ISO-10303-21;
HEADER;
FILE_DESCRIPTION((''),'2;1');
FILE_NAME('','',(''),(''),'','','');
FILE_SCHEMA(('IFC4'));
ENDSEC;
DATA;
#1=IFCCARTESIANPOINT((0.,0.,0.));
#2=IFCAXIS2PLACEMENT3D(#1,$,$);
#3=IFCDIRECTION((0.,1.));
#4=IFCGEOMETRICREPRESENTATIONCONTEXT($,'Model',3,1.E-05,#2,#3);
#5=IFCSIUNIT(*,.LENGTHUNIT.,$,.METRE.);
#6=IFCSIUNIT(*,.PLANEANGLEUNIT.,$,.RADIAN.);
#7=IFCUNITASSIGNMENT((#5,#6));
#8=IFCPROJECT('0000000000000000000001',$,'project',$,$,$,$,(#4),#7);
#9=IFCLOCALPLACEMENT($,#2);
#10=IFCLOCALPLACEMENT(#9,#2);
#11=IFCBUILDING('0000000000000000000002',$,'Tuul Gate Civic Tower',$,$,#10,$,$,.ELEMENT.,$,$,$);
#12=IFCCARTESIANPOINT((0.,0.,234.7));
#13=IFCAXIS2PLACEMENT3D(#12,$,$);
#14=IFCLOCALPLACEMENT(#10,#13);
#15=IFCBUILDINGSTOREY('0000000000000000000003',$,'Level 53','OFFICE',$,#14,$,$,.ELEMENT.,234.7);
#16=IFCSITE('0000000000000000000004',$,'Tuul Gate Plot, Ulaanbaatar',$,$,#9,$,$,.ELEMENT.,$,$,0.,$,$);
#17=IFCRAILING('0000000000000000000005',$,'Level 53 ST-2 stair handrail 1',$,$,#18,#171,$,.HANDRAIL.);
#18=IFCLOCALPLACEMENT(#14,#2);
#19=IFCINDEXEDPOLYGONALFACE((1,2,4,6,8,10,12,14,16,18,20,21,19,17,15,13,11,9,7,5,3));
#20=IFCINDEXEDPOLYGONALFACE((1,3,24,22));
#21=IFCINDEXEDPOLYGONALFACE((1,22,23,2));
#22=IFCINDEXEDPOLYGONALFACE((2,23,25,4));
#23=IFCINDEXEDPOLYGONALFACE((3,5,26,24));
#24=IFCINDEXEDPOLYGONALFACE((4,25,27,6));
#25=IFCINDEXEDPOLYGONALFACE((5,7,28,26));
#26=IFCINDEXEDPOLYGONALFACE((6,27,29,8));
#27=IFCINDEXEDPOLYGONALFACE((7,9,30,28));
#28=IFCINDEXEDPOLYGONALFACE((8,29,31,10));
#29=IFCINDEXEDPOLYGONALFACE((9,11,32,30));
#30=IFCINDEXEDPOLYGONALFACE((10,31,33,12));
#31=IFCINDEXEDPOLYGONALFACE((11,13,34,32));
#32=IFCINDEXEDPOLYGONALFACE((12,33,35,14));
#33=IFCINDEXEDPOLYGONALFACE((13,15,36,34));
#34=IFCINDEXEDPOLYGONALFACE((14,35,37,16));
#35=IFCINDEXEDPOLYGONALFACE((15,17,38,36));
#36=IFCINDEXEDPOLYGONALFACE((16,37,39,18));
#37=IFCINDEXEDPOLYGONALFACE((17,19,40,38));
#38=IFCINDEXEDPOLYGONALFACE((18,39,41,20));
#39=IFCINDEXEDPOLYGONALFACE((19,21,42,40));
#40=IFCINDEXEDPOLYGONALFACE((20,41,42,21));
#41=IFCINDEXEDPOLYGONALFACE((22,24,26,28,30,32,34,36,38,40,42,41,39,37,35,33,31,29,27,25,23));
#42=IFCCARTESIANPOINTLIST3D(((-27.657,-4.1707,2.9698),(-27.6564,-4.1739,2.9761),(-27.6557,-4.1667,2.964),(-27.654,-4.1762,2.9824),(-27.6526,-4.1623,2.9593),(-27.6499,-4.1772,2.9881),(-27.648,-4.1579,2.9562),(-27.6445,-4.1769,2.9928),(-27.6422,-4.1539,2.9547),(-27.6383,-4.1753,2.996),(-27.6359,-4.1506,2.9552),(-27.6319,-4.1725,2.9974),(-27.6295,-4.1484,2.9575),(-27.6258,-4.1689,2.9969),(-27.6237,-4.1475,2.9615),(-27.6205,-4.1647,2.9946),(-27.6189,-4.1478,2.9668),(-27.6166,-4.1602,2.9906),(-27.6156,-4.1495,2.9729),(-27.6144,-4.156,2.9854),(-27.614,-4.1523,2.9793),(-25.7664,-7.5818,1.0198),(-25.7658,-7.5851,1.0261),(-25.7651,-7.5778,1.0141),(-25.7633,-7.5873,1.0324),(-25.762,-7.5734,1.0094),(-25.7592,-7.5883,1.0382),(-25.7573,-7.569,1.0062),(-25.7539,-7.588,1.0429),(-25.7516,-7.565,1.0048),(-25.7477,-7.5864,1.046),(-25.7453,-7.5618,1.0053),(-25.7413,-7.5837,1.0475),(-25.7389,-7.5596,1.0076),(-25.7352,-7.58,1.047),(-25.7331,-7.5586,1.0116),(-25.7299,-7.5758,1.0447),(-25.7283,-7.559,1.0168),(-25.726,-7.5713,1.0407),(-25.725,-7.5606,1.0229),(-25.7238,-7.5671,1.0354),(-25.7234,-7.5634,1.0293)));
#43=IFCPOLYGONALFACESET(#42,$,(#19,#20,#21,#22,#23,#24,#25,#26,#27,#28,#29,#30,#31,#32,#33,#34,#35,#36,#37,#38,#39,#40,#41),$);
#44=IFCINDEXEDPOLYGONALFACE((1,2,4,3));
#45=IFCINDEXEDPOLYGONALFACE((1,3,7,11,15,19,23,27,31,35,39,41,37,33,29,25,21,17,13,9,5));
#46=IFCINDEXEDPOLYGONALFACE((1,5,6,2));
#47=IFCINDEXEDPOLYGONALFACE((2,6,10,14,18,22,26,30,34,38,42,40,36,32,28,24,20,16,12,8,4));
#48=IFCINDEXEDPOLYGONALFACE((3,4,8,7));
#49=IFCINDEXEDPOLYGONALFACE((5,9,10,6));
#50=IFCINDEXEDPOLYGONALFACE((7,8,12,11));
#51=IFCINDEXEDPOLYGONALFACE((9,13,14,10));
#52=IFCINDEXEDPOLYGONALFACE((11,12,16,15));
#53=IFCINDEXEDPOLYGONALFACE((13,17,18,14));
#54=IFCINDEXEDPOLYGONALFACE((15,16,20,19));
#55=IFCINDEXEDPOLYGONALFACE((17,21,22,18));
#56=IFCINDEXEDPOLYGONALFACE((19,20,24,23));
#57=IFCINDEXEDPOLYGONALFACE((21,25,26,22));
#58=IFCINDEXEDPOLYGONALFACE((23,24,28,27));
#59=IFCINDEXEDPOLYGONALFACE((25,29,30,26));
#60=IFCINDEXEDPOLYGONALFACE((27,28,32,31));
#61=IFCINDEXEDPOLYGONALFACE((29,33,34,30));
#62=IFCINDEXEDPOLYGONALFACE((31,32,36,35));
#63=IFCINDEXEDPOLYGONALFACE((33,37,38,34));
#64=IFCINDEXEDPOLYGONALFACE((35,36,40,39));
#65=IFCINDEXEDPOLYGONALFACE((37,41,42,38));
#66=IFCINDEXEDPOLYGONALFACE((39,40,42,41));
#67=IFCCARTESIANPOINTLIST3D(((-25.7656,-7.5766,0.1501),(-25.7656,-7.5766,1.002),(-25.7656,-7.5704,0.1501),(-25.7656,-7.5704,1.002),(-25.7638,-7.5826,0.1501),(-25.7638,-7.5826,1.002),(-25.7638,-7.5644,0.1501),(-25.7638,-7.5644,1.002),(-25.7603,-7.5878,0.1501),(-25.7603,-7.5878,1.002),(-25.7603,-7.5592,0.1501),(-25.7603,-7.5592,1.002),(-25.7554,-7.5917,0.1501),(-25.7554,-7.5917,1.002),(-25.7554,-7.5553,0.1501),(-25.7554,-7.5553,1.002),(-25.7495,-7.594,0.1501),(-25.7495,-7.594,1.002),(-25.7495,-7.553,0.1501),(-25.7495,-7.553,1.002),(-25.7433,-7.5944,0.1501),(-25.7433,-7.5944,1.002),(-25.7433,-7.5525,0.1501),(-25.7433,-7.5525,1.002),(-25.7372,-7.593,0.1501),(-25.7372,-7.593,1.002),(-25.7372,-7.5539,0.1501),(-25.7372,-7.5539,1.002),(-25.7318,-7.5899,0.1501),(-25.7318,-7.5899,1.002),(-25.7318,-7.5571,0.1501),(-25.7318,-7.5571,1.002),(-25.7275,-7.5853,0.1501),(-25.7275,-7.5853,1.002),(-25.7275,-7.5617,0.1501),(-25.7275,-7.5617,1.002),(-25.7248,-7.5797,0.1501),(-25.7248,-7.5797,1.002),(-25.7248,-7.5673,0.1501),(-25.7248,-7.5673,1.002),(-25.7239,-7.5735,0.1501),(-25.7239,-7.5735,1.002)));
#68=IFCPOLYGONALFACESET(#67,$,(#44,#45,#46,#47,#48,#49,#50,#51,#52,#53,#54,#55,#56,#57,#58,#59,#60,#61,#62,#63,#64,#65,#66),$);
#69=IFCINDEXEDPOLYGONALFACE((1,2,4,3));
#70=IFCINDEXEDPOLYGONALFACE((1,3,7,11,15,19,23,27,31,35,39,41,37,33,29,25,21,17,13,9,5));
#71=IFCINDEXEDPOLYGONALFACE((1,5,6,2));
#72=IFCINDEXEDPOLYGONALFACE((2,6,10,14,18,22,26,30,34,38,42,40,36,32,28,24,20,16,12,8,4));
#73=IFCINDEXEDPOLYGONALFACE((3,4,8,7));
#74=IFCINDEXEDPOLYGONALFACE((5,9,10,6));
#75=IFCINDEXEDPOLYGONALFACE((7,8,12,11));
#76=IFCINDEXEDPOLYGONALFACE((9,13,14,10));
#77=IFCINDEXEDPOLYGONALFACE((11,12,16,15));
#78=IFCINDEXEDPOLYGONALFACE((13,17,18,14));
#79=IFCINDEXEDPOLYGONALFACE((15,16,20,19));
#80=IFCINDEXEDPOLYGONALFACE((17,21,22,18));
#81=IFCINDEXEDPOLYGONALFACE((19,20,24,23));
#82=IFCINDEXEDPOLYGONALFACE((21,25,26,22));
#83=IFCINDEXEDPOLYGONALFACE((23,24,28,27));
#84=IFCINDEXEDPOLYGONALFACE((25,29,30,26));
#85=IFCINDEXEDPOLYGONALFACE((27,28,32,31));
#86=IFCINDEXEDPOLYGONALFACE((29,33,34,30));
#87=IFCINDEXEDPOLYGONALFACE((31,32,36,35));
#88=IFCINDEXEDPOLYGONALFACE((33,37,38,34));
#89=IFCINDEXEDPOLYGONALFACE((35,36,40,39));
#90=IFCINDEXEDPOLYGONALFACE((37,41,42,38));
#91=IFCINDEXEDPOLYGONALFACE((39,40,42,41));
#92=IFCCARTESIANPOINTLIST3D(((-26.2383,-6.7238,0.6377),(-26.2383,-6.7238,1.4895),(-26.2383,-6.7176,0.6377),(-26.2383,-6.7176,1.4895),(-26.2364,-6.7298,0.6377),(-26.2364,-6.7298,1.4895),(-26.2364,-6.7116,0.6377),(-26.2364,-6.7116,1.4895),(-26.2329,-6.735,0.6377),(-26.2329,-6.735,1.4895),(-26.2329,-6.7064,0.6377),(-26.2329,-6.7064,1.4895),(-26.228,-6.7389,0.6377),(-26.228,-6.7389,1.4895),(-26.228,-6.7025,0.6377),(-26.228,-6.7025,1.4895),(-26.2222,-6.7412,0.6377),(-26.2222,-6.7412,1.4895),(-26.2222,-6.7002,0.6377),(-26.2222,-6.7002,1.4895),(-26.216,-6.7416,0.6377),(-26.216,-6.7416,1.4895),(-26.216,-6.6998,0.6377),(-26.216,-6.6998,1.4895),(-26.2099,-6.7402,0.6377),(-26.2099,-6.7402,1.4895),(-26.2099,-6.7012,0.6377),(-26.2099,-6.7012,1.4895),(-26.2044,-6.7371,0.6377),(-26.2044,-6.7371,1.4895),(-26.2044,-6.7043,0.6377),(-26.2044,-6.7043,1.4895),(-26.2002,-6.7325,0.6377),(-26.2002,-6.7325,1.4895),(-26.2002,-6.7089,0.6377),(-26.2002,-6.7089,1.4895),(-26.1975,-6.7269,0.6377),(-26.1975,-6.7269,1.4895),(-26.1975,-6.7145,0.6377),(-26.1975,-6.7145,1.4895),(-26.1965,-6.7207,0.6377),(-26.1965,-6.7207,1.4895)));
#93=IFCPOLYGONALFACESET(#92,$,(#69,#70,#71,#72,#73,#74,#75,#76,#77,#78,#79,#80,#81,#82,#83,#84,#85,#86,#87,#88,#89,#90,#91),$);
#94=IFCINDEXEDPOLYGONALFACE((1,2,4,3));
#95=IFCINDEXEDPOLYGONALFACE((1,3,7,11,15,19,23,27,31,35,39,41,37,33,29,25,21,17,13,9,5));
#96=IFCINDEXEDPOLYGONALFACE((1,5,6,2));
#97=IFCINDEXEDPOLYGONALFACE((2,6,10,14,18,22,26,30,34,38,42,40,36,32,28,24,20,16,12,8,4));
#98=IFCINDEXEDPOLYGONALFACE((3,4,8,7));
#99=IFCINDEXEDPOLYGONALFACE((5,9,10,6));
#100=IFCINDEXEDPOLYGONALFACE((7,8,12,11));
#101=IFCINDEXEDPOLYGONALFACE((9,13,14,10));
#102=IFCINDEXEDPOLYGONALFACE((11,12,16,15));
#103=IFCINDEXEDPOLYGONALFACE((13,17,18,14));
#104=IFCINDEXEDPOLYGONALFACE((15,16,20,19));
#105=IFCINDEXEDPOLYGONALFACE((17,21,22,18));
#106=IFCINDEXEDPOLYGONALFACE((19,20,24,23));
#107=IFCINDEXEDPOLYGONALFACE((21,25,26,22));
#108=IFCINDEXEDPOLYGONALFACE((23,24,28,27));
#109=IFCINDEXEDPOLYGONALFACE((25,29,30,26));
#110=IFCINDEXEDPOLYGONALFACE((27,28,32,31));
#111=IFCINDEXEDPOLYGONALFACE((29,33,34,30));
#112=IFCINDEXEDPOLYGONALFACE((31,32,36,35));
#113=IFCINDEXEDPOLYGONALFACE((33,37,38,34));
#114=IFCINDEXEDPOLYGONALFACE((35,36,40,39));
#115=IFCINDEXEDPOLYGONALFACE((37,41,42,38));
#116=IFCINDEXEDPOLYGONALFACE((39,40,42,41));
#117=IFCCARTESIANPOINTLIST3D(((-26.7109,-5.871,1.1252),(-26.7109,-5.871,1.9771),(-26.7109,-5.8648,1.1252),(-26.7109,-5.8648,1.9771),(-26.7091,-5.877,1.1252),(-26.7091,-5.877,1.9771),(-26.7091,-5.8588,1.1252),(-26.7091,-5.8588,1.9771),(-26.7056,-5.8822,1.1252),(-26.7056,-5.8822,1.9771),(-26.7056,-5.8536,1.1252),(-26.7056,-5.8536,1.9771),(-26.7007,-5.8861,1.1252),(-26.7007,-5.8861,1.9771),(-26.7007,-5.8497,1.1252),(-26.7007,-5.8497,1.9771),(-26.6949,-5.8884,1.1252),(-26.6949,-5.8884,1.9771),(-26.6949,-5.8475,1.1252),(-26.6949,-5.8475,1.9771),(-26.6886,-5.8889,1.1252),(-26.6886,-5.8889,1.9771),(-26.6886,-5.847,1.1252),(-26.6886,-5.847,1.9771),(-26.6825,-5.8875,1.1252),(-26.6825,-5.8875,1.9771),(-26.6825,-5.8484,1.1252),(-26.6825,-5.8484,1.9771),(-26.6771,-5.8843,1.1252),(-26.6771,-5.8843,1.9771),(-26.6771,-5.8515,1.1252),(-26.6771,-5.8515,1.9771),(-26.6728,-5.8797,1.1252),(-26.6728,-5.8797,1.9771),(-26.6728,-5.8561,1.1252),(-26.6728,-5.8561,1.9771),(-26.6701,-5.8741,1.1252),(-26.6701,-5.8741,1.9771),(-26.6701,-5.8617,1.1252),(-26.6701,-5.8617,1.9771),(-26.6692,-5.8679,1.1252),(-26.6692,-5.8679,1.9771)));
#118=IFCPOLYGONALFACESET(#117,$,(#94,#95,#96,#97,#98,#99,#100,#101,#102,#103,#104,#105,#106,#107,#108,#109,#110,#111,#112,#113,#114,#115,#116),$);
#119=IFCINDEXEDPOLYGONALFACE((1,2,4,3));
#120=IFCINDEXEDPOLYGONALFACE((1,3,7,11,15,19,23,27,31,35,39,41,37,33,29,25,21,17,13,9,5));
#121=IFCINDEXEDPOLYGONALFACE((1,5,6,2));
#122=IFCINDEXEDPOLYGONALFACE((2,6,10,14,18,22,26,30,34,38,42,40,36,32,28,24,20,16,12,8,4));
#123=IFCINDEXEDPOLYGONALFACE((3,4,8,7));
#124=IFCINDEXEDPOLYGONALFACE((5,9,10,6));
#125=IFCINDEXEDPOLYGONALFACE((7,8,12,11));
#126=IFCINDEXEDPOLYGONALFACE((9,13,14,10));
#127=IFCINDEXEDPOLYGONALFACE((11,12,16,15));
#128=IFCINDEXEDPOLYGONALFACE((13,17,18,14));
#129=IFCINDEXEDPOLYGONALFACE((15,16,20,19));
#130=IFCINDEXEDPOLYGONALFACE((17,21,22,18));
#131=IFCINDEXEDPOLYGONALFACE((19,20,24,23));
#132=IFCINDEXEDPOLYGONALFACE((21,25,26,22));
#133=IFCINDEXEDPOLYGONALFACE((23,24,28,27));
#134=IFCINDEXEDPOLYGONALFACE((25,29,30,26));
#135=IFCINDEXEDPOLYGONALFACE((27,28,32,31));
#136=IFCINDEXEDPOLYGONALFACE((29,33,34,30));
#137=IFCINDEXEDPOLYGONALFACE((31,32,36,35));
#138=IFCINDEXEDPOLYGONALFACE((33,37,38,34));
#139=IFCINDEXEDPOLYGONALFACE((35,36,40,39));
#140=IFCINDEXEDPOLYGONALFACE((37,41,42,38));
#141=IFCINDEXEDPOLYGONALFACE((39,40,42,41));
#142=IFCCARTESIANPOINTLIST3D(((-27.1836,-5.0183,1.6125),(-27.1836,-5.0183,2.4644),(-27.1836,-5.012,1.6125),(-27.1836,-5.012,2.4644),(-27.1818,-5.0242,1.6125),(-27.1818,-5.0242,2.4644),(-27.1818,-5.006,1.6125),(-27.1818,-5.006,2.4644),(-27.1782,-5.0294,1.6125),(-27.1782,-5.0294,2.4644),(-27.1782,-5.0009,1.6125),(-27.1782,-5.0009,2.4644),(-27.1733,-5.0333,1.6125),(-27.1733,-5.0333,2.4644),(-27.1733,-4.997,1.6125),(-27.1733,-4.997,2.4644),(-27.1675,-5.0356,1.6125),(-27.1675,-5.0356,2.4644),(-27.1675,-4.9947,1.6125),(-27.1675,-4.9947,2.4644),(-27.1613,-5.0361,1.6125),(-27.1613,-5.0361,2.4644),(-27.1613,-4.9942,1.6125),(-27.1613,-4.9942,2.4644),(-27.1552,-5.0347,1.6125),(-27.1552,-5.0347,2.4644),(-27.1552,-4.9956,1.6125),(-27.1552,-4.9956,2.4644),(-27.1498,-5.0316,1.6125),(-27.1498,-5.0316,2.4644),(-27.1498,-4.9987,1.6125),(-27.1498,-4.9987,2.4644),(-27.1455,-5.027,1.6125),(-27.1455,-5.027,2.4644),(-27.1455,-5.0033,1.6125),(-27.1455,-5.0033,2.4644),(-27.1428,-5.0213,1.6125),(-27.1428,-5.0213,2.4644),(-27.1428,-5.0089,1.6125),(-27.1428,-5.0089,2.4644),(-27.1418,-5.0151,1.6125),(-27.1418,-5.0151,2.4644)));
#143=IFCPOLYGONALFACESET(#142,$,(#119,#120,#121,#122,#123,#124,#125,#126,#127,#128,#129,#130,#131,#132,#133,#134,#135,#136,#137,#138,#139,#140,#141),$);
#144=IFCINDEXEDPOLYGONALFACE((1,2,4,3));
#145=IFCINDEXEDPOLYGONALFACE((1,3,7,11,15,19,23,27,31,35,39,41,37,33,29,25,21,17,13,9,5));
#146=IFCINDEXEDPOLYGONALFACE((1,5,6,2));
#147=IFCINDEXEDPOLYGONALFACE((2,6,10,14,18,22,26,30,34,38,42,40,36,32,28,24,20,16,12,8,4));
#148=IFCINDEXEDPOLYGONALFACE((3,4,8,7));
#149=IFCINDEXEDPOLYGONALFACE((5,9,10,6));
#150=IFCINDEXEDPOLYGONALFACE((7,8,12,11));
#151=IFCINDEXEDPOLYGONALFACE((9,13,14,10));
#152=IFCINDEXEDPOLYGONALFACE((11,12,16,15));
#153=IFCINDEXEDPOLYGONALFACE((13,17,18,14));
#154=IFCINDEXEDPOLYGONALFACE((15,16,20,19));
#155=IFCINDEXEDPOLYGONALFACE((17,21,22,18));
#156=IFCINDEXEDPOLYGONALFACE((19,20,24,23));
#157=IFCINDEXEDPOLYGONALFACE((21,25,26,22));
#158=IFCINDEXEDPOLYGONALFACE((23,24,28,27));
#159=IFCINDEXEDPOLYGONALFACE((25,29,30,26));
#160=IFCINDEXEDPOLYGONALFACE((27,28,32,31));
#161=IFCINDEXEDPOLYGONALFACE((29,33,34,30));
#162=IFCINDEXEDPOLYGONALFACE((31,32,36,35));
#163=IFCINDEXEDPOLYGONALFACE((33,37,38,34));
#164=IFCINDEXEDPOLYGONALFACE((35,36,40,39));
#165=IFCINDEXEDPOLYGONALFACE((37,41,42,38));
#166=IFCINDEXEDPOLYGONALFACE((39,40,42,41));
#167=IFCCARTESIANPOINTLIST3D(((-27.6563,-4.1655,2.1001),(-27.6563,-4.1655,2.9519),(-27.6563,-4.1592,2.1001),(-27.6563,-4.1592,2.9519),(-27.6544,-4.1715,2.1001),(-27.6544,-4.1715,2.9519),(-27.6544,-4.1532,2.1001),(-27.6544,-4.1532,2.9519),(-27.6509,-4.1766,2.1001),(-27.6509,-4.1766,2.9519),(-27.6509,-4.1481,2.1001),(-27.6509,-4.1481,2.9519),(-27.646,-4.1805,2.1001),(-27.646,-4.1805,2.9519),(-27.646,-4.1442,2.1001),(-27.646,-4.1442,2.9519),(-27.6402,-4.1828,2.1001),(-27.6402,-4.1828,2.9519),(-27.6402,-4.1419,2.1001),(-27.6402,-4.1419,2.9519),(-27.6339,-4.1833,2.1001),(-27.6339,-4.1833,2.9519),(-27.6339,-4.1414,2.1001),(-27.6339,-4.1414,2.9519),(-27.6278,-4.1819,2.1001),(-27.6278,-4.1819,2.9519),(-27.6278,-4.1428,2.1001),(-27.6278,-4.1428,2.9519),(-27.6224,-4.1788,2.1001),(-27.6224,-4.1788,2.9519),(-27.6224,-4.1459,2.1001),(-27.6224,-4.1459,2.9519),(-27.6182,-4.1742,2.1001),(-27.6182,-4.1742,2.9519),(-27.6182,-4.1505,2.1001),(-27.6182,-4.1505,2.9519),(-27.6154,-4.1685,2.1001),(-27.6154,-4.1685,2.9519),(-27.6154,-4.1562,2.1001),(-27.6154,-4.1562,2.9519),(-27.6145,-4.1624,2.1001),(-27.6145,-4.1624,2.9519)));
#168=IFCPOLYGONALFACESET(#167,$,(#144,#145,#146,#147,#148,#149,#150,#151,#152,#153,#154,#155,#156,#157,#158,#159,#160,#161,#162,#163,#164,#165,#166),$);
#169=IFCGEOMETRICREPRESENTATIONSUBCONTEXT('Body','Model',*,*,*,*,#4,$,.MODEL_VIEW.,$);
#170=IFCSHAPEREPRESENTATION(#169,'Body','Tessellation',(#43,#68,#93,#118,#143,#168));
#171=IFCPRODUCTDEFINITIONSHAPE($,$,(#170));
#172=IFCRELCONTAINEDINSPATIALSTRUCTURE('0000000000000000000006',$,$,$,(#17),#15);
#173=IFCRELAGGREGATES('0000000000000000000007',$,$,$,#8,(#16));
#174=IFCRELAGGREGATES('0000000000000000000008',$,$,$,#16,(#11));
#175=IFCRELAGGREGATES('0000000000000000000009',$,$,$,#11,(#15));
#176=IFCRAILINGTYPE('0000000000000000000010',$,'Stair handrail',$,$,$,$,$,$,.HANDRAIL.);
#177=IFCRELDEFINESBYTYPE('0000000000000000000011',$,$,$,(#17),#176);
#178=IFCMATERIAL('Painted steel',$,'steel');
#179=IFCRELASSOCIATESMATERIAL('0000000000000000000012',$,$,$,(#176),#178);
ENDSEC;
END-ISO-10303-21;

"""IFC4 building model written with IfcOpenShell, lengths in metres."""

from ifc_helpers import new_model, si_unit, direction, frame, origin, origin_2d, place, context, subcontext, project, spatial, circle, extrude, material, type_object, element, save


model = new_model("IFC4")

# Units and contexts
model_context = context("Model", 3, precision=1e-05, world=origin(), true_north=direction((0.0, 1.0)))
body_context = subcontext(model_context, "Body", "Model", "MODEL_VIEW")
ifc_project = project(units=[si_unit("LENGTHUNIT", "METRE"), si_unit("PLANEANGLEUNIT", "RADIAN")], contexts=[model_context])

# Site, building, storey
site_placement = place(None, origin())
site = spatial("IfcSite", under=ifc_project, at=site_placement, Name="Tuul Gate Plot, Ulaanbaatar", CompositionType="ELEMENT", RefElevation=0.0)
building_placement = place(site_placement, origin())
building = spatial("IfcBuilding", under=site, at=building_placement, Name="Tuul Gate Civic Tower", CompositionType="ELEMENT")
storey_placement = place(building_placement, frame((0.0, 0.0, 234.7)))
storey = spatial("IfcBuildingStorey", under=building, at=storey_placement, Name="Level 53", Description="OFFICE", CompositionType="ELEMENT", Elevation=234.7)

# Railing
ifc_material_1 = material(Name="Painted steel", Category="steel")
railing_type_1 = type_object("IfcRailingType", Name="Stair handrail", PredefinedType="HANDRAIL", material=ifc_material_1)
railing_1_placement = place(storey_placement, frame((-25.7449, -7.5735, 0.1501)))
element("IfcRailing", 1, at=railing_1_placement, inside=storey, type_object=railing_type_1, Name="Level 53 ST-2 stair handrail 1", PredefinedType="HANDRAIL", context=body_context, shape_type="SweptSolid", body=[
    extrude(circle(Radius=0.0239, at=origin_2d()), frame((0.0, 0.0, 0.876), z_axis=(-0.433595, 0.782308, 0.447201), x_axis=(-0.874641, -0.484771, 0.0)), (0.0, 0.0, 1.0), 4.3604),
    extrude(circle(Radius=0.021, at=origin_2d()), origin(), (0.0, 0.0, 1.0), 0.8518),
    extrude(circle(Radius=0.021, at=origin_2d()), frame((-0.4727, 0.8528, 0.4875)), (0.0, 0.0, 1.0), 0.8518),
    extrude(circle(Radius=0.021, at=origin_2d()), frame((-0.9453, 1.7056, 0.9751)), (0.0, 0.0, 1.0), 0.8518),
    extrude(circle(Radius=0.021, at=origin_2d()), frame((-1.418, 2.5583, 1.4624)), (0.0, 0.0, 1.0), 0.8518),
    extrude(circle(Radius=0.021, at=origin_2d()), frame((-1.8906, 3.4111, 1.95)), (0.0, 0.0, 1.0), 0.8518),
])

save(model, "model.ifc")
